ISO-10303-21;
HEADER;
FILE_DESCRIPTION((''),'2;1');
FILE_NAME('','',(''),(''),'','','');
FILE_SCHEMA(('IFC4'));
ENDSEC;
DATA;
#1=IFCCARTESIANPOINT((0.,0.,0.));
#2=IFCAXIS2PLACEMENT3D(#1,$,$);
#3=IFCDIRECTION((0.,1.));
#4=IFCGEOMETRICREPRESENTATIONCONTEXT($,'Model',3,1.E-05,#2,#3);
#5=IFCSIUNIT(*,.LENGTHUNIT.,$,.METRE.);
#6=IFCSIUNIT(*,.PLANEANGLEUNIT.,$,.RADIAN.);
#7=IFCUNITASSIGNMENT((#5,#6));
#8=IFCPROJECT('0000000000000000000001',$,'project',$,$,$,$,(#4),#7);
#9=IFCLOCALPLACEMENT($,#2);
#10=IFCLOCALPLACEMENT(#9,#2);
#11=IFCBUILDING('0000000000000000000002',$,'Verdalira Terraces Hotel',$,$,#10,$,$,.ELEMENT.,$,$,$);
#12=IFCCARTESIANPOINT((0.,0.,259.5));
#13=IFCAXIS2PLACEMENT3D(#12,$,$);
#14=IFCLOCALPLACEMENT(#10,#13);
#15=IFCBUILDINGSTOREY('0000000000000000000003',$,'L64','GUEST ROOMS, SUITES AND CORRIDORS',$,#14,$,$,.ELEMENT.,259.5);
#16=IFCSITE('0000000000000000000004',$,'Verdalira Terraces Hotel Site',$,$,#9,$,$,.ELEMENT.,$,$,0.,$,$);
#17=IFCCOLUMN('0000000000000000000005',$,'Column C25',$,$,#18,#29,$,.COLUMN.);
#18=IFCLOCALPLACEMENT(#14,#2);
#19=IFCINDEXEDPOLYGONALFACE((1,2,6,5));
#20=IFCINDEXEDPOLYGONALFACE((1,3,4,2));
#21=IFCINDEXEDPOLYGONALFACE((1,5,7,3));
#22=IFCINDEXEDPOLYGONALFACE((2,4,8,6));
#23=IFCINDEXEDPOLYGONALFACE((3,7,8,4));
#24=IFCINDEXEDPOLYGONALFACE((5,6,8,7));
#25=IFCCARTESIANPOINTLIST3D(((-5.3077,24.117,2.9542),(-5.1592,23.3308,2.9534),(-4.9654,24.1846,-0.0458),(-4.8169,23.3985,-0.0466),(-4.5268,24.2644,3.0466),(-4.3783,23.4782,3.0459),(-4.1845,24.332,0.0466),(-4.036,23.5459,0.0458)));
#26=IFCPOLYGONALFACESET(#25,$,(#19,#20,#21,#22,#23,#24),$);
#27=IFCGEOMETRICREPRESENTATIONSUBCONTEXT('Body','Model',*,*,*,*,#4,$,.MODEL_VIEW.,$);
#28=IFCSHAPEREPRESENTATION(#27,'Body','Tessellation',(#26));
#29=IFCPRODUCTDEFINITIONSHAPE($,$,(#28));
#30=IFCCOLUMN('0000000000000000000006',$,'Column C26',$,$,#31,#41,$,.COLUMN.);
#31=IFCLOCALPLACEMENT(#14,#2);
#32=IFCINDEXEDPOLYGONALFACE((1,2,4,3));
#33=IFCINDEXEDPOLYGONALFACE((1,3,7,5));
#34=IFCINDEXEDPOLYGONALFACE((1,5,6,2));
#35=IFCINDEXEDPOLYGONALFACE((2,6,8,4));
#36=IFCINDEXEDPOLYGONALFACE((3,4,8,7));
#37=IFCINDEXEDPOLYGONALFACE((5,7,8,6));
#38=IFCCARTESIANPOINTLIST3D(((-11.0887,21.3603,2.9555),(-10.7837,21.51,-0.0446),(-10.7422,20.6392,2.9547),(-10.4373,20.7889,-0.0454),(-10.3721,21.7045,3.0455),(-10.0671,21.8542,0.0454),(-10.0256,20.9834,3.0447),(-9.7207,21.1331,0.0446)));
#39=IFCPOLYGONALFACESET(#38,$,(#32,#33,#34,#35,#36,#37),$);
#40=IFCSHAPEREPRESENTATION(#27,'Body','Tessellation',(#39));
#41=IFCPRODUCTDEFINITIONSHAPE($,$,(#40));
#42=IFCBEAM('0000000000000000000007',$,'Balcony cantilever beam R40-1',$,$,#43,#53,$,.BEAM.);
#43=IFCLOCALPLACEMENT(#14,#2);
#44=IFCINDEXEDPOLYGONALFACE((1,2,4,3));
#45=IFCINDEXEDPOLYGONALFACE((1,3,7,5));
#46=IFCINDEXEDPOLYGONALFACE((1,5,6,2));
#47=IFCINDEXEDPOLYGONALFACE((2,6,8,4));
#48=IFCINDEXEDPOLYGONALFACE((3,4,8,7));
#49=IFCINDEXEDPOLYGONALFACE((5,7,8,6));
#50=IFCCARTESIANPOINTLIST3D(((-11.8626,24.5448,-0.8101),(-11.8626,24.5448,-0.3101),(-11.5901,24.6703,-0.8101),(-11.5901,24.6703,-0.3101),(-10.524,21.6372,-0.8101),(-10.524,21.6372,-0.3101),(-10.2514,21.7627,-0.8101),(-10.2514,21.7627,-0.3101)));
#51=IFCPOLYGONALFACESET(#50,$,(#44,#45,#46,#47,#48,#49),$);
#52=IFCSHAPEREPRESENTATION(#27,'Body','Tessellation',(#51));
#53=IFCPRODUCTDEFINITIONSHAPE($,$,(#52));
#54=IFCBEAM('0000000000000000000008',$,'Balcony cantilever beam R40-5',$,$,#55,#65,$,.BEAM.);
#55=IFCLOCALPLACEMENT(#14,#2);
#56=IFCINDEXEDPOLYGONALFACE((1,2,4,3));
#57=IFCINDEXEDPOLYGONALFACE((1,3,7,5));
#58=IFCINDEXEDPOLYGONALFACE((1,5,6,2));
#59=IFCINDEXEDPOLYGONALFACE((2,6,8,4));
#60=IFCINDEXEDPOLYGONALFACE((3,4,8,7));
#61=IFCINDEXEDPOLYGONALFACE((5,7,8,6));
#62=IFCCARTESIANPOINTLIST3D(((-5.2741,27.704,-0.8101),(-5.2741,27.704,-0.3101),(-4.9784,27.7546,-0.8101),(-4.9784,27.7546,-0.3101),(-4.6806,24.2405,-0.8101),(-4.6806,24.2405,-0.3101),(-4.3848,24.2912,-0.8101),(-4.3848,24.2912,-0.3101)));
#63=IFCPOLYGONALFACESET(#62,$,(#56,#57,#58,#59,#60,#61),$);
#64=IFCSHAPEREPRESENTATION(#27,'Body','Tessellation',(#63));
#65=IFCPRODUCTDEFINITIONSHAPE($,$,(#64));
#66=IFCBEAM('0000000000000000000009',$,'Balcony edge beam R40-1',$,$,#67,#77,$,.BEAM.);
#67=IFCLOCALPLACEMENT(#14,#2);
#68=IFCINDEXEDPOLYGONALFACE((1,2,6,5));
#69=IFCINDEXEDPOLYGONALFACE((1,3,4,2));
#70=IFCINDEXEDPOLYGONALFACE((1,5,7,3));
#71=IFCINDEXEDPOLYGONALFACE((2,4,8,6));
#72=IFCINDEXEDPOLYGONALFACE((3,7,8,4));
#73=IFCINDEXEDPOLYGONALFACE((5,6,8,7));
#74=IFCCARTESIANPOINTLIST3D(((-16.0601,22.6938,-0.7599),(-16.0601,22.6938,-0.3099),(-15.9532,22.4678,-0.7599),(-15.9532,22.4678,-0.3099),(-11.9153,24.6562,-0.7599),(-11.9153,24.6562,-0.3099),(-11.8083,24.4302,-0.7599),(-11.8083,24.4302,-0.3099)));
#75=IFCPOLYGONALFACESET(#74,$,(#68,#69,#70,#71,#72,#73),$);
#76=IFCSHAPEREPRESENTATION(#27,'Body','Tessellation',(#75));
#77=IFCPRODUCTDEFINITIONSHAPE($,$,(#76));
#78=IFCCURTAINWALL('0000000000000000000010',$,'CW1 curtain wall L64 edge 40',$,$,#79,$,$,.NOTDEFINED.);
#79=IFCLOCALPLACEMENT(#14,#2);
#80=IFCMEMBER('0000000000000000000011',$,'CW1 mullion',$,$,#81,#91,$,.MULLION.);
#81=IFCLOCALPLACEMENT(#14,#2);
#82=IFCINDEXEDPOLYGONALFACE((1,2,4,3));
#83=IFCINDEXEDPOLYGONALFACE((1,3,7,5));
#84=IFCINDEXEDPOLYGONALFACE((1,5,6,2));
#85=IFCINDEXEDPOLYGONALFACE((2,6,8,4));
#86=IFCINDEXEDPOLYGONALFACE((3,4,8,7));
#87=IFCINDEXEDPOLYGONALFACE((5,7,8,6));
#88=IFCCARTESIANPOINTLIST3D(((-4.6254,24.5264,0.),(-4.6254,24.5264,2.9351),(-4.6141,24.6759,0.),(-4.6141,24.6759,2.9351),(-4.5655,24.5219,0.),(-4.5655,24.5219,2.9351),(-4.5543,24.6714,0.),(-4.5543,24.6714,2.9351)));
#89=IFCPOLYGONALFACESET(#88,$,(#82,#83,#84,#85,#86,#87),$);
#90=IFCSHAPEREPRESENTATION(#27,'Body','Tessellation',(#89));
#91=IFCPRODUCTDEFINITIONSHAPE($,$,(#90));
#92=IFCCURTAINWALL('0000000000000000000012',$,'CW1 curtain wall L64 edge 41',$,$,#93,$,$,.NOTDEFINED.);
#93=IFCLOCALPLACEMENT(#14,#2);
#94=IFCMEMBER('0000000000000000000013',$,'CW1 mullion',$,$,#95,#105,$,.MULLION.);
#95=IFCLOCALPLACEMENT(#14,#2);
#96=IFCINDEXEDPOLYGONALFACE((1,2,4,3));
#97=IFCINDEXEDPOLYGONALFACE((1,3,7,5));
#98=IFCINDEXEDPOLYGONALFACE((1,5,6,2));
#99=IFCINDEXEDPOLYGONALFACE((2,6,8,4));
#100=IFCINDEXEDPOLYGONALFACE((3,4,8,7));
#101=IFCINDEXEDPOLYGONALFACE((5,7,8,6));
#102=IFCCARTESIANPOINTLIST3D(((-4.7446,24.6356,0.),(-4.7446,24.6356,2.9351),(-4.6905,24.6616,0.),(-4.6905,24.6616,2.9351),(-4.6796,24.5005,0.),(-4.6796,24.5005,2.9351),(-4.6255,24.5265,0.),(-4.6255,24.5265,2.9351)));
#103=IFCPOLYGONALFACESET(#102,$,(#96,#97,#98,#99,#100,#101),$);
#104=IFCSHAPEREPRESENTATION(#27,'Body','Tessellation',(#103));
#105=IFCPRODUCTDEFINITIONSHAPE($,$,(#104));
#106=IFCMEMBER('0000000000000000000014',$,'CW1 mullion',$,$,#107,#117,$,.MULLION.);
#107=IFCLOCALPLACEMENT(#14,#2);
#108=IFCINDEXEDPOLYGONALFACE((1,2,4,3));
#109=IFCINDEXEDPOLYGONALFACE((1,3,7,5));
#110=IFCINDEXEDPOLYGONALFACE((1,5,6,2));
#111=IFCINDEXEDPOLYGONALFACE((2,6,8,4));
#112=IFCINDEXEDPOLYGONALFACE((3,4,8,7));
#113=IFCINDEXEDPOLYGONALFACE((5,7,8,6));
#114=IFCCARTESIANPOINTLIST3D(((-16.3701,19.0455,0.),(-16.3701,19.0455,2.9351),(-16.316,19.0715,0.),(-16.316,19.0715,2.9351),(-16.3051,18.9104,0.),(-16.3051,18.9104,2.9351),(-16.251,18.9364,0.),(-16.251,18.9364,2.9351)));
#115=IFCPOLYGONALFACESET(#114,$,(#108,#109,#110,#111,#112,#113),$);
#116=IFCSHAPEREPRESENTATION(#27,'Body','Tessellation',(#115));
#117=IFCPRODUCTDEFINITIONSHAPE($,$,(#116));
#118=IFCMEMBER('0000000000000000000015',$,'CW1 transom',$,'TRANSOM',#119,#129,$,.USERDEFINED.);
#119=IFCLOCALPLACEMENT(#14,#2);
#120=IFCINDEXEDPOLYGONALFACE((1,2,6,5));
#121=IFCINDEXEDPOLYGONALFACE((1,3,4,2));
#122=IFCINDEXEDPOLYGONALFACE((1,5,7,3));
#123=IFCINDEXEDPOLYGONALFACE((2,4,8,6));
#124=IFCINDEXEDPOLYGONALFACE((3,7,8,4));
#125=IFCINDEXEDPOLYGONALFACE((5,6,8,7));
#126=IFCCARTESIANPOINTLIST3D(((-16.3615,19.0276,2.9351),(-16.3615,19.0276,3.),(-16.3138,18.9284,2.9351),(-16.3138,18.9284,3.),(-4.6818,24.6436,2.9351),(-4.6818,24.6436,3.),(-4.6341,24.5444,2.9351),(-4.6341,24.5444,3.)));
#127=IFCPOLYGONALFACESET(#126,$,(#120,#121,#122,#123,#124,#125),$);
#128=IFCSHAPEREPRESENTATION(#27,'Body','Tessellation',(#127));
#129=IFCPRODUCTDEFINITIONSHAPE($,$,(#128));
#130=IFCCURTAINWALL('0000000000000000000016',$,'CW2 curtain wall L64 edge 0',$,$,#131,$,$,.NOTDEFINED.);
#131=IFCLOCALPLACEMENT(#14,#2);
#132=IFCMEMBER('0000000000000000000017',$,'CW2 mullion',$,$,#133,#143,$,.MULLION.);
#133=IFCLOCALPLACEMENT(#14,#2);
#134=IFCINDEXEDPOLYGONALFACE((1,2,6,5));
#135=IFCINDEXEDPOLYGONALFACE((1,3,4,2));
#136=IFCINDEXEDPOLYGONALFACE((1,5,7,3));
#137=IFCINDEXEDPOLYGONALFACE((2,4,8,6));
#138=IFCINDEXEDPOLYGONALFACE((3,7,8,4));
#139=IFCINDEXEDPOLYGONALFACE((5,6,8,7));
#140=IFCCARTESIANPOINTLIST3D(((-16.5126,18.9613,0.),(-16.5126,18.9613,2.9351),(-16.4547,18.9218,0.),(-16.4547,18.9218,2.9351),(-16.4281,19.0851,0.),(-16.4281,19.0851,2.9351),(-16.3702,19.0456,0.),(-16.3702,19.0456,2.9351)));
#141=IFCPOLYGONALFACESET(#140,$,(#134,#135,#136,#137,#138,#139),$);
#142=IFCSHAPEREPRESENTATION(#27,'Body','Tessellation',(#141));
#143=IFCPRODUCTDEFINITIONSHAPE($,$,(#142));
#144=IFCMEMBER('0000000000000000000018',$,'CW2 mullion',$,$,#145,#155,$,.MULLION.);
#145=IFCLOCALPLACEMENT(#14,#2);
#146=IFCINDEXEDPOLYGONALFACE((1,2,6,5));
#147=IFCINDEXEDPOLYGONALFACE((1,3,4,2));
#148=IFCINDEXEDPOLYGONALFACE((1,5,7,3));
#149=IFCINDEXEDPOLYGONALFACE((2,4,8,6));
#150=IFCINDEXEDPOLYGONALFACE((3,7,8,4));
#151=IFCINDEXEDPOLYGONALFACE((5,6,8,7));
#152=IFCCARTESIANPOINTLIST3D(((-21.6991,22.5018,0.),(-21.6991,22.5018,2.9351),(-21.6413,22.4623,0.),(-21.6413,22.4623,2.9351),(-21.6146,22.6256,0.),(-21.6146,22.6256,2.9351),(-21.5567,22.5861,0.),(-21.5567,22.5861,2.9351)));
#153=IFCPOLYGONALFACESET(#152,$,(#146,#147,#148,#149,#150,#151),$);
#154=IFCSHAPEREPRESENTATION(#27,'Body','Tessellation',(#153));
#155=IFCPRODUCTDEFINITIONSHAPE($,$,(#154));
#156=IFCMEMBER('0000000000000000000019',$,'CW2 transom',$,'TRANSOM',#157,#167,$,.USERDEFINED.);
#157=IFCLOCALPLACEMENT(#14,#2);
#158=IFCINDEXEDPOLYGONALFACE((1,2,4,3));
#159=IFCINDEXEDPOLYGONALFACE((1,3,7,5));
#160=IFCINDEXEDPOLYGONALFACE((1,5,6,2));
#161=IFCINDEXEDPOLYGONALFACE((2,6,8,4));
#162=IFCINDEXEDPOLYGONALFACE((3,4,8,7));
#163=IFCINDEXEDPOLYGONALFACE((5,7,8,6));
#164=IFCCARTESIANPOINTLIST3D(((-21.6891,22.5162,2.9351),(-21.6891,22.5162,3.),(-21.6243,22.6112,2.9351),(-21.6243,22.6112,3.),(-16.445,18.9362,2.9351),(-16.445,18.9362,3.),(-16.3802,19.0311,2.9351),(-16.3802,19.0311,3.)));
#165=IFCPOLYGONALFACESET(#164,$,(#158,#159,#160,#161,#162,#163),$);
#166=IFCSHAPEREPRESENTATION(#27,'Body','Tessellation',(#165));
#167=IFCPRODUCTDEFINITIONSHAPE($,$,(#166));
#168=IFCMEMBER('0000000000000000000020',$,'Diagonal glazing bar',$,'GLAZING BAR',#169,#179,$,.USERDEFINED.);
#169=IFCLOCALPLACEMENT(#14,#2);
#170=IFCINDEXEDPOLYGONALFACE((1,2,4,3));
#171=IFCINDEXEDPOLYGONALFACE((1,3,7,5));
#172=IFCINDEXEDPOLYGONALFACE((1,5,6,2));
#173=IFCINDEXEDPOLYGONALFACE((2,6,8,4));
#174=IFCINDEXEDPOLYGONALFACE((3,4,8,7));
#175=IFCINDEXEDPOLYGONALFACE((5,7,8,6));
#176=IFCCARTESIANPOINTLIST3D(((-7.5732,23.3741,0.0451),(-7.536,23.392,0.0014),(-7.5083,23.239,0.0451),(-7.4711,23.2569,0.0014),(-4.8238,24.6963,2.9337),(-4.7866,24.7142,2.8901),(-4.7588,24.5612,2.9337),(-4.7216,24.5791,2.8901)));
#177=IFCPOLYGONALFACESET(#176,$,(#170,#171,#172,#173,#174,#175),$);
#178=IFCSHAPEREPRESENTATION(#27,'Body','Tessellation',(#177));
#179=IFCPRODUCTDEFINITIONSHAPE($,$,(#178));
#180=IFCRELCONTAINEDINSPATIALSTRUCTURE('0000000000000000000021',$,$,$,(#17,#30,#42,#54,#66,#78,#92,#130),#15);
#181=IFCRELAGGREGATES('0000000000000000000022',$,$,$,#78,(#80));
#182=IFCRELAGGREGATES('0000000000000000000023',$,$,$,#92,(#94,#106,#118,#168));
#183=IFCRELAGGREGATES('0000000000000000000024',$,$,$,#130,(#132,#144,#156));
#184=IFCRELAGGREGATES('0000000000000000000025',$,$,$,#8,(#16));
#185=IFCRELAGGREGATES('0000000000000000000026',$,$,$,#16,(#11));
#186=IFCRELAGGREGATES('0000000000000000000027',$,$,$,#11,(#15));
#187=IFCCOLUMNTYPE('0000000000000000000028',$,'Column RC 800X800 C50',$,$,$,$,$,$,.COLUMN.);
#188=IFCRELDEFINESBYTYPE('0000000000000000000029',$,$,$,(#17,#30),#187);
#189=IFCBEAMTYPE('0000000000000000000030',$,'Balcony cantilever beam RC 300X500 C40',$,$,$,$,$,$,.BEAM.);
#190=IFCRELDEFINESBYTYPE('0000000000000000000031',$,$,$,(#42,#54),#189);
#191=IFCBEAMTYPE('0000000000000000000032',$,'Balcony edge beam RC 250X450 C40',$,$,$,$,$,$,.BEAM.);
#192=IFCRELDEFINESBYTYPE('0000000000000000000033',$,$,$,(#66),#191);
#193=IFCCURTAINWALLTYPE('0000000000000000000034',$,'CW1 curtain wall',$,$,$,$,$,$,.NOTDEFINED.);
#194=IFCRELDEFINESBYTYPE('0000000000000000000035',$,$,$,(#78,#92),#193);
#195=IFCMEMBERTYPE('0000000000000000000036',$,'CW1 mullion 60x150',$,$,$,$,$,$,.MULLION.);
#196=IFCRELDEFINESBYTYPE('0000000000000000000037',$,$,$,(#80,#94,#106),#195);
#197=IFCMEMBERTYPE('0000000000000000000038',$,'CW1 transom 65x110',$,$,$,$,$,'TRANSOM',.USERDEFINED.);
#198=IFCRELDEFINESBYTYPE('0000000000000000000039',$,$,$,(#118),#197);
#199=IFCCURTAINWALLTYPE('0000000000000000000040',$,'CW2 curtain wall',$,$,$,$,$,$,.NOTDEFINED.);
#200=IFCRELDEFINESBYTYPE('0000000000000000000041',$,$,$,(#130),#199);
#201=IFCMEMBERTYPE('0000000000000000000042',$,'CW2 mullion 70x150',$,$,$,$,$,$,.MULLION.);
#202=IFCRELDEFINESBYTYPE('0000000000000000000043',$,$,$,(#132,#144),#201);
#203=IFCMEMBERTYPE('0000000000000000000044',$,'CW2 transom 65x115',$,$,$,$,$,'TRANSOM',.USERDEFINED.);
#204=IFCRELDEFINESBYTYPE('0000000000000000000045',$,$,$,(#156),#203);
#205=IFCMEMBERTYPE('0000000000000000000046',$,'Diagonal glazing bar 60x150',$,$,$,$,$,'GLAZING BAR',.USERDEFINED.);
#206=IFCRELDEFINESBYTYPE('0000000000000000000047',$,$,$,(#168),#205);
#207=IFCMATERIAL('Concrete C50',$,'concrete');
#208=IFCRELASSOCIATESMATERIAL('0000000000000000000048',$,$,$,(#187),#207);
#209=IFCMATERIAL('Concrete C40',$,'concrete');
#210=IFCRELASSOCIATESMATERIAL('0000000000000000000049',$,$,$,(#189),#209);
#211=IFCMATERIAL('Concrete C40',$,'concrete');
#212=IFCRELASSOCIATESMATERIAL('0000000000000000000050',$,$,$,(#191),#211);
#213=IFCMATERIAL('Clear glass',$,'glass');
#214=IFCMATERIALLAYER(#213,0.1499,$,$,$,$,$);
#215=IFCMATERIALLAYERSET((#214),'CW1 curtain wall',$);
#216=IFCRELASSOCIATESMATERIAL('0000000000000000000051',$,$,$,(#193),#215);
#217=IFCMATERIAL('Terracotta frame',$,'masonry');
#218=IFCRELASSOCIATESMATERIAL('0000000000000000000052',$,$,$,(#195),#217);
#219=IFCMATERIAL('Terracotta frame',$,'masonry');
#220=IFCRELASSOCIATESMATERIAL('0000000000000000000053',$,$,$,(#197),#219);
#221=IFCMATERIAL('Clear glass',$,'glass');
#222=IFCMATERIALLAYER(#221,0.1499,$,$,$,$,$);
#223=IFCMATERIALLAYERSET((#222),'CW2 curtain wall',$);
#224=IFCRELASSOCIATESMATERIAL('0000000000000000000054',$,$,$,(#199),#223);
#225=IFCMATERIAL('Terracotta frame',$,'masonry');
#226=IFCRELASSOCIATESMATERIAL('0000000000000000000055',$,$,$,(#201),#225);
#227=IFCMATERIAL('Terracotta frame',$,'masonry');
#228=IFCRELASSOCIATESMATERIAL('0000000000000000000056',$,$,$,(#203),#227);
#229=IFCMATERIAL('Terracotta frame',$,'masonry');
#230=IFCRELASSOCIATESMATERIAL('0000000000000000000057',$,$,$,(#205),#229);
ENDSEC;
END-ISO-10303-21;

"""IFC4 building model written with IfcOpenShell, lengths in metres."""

from ifc_helpers import new_model, si_unit, direction, frame, origin, origin_2d, place, context, subcontext, project, spatial, rectangle, extrude, material, layer, layer_set, material_profile, profile_set, type_object, element, aggregate, save


model = new_model("IFC4")

# Units and contexts
model_context = context("Model", 3, precision=1e-05, world=origin(), true_north=direction((0.0, 1.0)))
body_context = subcontext(model_context, "Body", "Model", "MODEL_VIEW")
ifc_project = project(units=[si_unit("LENGTHUNIT", "METRE"), si_unit("PLANEANGLEUNIT", "RADIAN")], contexts=[model_context])

# Site, building, storey
site_placement = place(None, origin())
site = spatial("IfcSite", under=ifc_project, at=site_placement, Name="Verdalira Terraces Hotel Site", CompositionType="ELEMENT", RefElevation=0.0)
building_placement = place(site_placement, origin())
building = spatial("IfcBuilding", under=site, at=building_placement, Name="Verdalira Terraces Hotel", CompositionType="ELEMENT")
storey_placement = place(building_placement, frame((0.0, 0.0, 259.5)))
storey = spatial("IfcBuildingStorey", under=building, at=storey_placement, Name="L64", Description="GUEST ROOMS, SUITES AND CORRIDORS", CompositionType="ELEMENT", Elevation=259.5)

# Columns
ifc_material_1 = material(Name="Concrete C50", Category="concrete")
ifc_material_profile_1 = material_profile(ifc_material_1, rectangle(XDim=0.8, YDim=0.8, at=origin_2d()), Name="RC 800X800")
ifc_profile_set_1 = profile_set([ifc_material_profile_1], Name="Concrete C50")
column_type = type_object("IfcColumnType", Name="Column RC 800X800 C50", PredefinedType="COLUMN", material=ifc_profile_set_1)
column_1_placement = place(storey_placement, frame((-4.5007, 23.8652, 0.0), z_axis=(-0.113331, -0.022391, 0.993305), x_axis=(0.976067, 0.18425, 0.115518)))
element("IfcColumn", 1, at=column_1_placement, inside=storey, type_object=column_type, Name="Column C25", PredefinedType="COLUMN", context=body_context, shape_type="SweptSolid", body=[
    extrude(rectangle(XDim=0.8, YDim=0.8, at=origin_2d()), origin(), (0.0, 0.0, 1.0), 3.0203),
])
column_2_placement = place(storey_placement, frame((-10.2522, 21.3215, 0.0), z_axis=(-0.100999, -0.049569, 0.993651), x_axis=(-0.895693, -0.430207, -0.112503)))
element("IfcColumn", 2, at=column_2_placement, inside=storey, type_object=column_type, Name="Column C26", PredefinedType="COLUMN", context=body_context, shape_type="SweptSolid", body=[
    extrude(rectangle(XDim=0.8, YDim=0.8, at=origin_2d()), origin(), (0.0, 0.0, 1.0), 3.0193),
])

# Beams
ifc_material_2 = material(Name="Concrete C40", Category="concrete")
ifc_material_profile_2 = material_profile(ifc_material_2, rectangle(XDim=0.3, YDim=0.5, at=origin_2d()), Name="RC 300X500")
ifc_profile_set_2 = profile_set([ifc_material_profile_2], Name="Concrete C40")
beam_type_1 = type_object("IfcBeamType", Name="Balcony cantilever beam RC 300X500 C40", PredefinedType="BEAM", material=ifc_profile_set_2)
beam_1_placement = place(storey_placement, frame((-10.3877, 21.7, -0.5601), z_axis=(-0.418212, 0.90835, 0.0), x_axis=(-0.90835, -0.418212, 0.0)))
element("IfcBeam", 3, at=beam_1_placement, inside=storey, type_object=beam_type_1, Name="Balcony cantilever beam R40-1", PredefinedType="BEAM", context=body_context, shape_type="SweptSolid", body=[
    extrude(rectangle(XDim=0.3, YDim=0.5, at=origin_2d()), origin(), (0.0, 0.0, 1.0), 3.2009),
])
beam_2_placement = place(storey_placement, frame((-4.5327, 24.2659, -0.5601), z_axis=(-0.168904, 0.985633, 0.0), x_axis=(-0.985633, -0.168904, 0.0)))
element("IfcBeam", 4, at=beam_2_placement, inside=storey, type_object=beam_type_1, Name="Balcony cantilever beam R40-5", PredefinedType="BEAM", context=body_context, shape_type="SweptSolid", body=[
    extrude(rectangle(XDim=0.3, YDim=0.5, at=origin_2d()), origin(), (0.0, 0.0, 1.0), 3.5139),
])
ifc_material_3 = material(Name="Concrete C40", Category="concrete")
ifc_material_profile_3 = material_profile(ifc_material_3, rectangle(XDim=0.25, YDim=0.45, at=origin_2d()), Name="RC 250X450")
ifc_profile_set_3 = profile_set([ifc_material_profile_3], Name="Concrete C40")
beam_type_2 = type_object("IfcBeamType", Name="Balcony edge beam RC 250X450 C40", PredefinedType="BEAM", material=ifc_profile_set_3)
beam_3_placement = place(storey_placement, frame((-11.8618, 24.5432, -0.5349), z_axis=(-0.903815, -0.427924, 0.0), x_axis=(0.427924, -0.903815, 0.0)))
element("IfcBeam", 5, at=beam_3_placement, inside=storey, type_object=beam_type_2, Name="Balcony edge beam R40-1", PredefinedType="BEAM", context=body_context, shape_type="SweptSolid", body=[
    extrude(rectangle(XDim=0.25, YDim=0.45, at=origin_2d()), origin(), (0.0, 0.0, 1.0), 4.5859),
])

# Curtain wall, member
ifc_material_4 = material(Name="Clear glass", Category="glass")
ifc_layer_1 = layer(ifc_material_4, 0.1499)
ifc_layer_set_1 = layer_set([ifc_layer_1], Name="CW1 curtain wall")
curtain_wall_type_1 = type_object("IfcCurtainWallType", Name="CW1 curtain wall", PredefinedType="NOTDEFINED", material=ifc_layer_set_1)
curtain_wall_1_placement = place(storey_placement, origin())
curtain_wall_1 = element("IfcCurtainWall", 6, at=curtain_wall_1_placement, inside=storey, type_object=curtain_wall_type_1, Name="CW1 curtain wall L64 edge 40", PredefinedType="NOTDEFINED")
ifc_material_5 = material(Name="Terracotta frame", Category="masonry")
ifc_material_profile_4 = material_profile(ifc_material_5, rectangle(XDim=0.0601, YDim=0.1499, at=origin_2d()), Name="MU 60x150")
ifc_profile_set_4 = profile_set([ifc_material_profile_4], Name="Terracotta frame")
member_type_1 = type_object("IfcMemberType", Name="CW1 mullion 60x150", PredefinedType="MULLION", material=ifc_profile_set_4)
member_1_placement = place(storey_placement, frame((-4.5898, 24.5989, 0.0), z_axis=(0.0, 0.0, 1.0), x_axis=(-0.997159, 0.075327, 0.0)))
member_1 = element("IfcMember", 7, at=member_1_placement, type_object=member_type_1, Name="CW1 mullion", PredefinedType="MULLION", context=body_context, shape_type="SweptSolid", body=[
    extrude(rectangle(XDim=0.0601, YDim=0.1499, at=origin_2d()), origin(), (0.0, 0.0, 1.0), 2.9351),
])
aggregate(curtain_wall_1, [member_1])

# Curtain walls, members
curtain_wall_2_placement = place(storey_placement, origin())
curtain_wall_2 = element("IfcCurtainWall", 8, at=curtain_wall_2_placement, inside=storey, type_object=curtain_wall_type_1, Name="CW1 curtain wall L64 edge 41", PredefinedType="NOTDEFINED")
member_2_placement = place(storey_placement, frame((-4.6851, 24.5811, 0.0), z_axis=(0.0, 0.0, 1.0), x_axis=(-0.901228, -0.433345, 0.0)))
member_2 = element("IfcMember", 9, at=member_2_placement, type_object=member_type_1, Name="CW1 mullion", PredefinedType="MULLION", context=body_context, shape_type="SweptSolid", body=[
    extrude(rectangle(XDim=0.0601, YDim=0.1499, at=origin_2d()), origin(), (0.0, 0.0, 1.0), 2.9351),
])
member_3_placement = place(storey_placement, frame((-16.3105, 18.991, 0.0), z_axis=(0.0, 0.0, 1.0), x_axis=(-0.901228, -0.433345, 0.0)))
member_3 = element("IfcMember", 10, at=member_3_placement, type_object=member_type_1, Name="CW1 mullion", PredefinedType="MULLION", context=body_context, shape_type="SweptSolid", body=[
    extrude(rectangle(XDim=0.0601, YDim=0.1499, at=origin_2d()), origin(), (0.0, 0.0, 1.0), 2.9351),
])
ifc_material_6 = material(Name="Terracotta frame", Category="masonry")
ifc_material_profile_5 = material_profile(ifc_material_6, rectangle(XDim=0.1101, YDim=0.0649, at=origin_2d()), Name="TR 65x110")
ifc_profile_set_5 = profile_set([ifc_material_profile_5], Name="Terracotta frame")
member_type_2 = type_object("IfcMemberType", Name="CW1 transom 65x110", ElementType="TRANSOM", PredefinedType="USERDEFINED", material=ifc_profile_set_5)
member_4_placement = place(storey_placement, frame((-4.658, 24.594, 2.9675), z_axis=(-0.90123, -0.43334, 0.0), x_axis=(0.43334, -0.90123, 0.0)))
member_4 = element("IfcMember", 11, at=member_4_placement, type_object=member_type_2, Name="CW1 transom", ObjectType="TRANSOM", PredefinedType="USERDEFINED", context=body_context, shape_type="SweptSolid", body=[
    extrude(rectangle(XDim=0.1101, YDim=0.0649, at=origin_2d()), origin(), (0.0, 0.0, 1.0), 12.9597),
])
ifc_material_7 = material(Name="Clear glass", Category="glass")
ifc_layer_2 = layer(ifc_material_7, 0.1499)
ifc_layer_set_2 = layer_set([ifc_layer_2], Name="CW2 curtain wall")
curtain_wall_type_2 = type_object("IfcCurtainWallType", Name="CW2 curtain wall", PredefinedType="NOTDEFINED", material=ifc_layer_set_2)
curtain_wall_3_placement = place(storey_placement, origin())
curtain_wall_3 = element("IfcCurtainWall", 12, at=curtain_wall_3_placement, inside=storey, type_object=curtain_wall_type_2, Name="CW2 curtain wall L64 edge 0", PredefinedType="NOTDEFINED")
ifc_material_8 = material(Name="Terracotta frame", Category="masonry")
ifc_material_profile_6 = material_profile(ifc_material_8, rectangle(XDim=0.0701, YDim=0.1499, at=origin_2d()), Name="MU 70x150")
ifc_profile_set_6 = profile_set([ifc_material_profile_6], Name="Terracotta frame")
member_type_3 = type_object("IfcMemberType", Name="CW2 mullion 70x150", PredefinedType="MULLION", material=ifc_profile_set_6)
member_5_placement = place(storey_placement, frame((-16.4414, 19.0034, 0.0), z_axis=(0.0, 0.0, 1.0), x_axis=(-0.825902, 0.563814, 0.0)))
member_5 = element("IfcMember", 13, at=member_5_placement, type_object=member_type_3, Name="CW2 mullion", PredefinedType="MULLION", context=body_context, shape_type="SweptSolid", body=[
    extrude(rectangle(XDim=0.0701, YDim=0.1499, at=origin_2d()), origin(), (0.0, 0.0, 1.0), 2.9351),
])
member_6_placement = place(storey_placement, frame((-21.6279, 22.5439, 0.0), z_axis=(0.0, 0.0, 1.0), x_axis=(-0.825902, 0.563814, 0.0)))
member_6 = element("IfcMember", 14, at=member_6_placement, type_object=member_type_3, Name="CW2 mullion", PredefinedType="MULLION", context=body_context, shape_type="SweptSolid", body=[
    extrude(rectangle(XDim=0.0701, YDim=0.1499, at=origin_2d()), origin(), (0.0, 0.0, 1.0), 2.9351),
])
ifc_material_9 = material(Name="Terracotta frame", Category="masonry")
ifc_material_profile_7 = material_profile(ifc_material_9, rectangle(XDim=0.115, YDim=0.0649, at=origin_2d()), Name="TR 65x115")
ifc_profile_set_7 = profile_set([ifc_material_profile_7], Name="Terracotta frame")
member_type_4 = type_object("IfcMemberType", Name="CW2 transom 65x115", ElementType="TRANSOM", PredefinedType="USERDEFINED", material=ifc_profile_set_7)
member_7_placement = place(storey_placement, frame((-16.4126, 18.9836, 2.9675), z_axis=(-0.825895, 0.563824, 0.0), x_axis=(-0.563824, -0.825895, 0.0)))
member_7 = element("IfcMember", 15, at=member_7_placement, type_object=member_type_4, Name="CW2 transom", ObjectType="TRANSOM", PredefinedType="USERDEFINED", context=body_context, shape_type="SweptSolid", body=[
    extrude(rectangle(XDim=0.115, YDim=0.0649, at=origin_2d()), origin(), (0.0, 0.0, 1.0), 6.3496),
])

# Member
ifc_material_10 = material(Name="Terracotta frame", Category="masonry")
ifc_material_profile_8 = material_profile(ifc_material_10, rectangle(XDim=0.1499, YDim=0.0601, at=origin_2d()), Name="GB 60x150")
ifc_profile_set_8 = profile_set([ifc_material_profile_8], Name="Terracotta frame")
member_type_5 = type_object("IfcMemberType", Name="Diagonal glazing bar 60x150", ElementType="GLAZING BAR", PredefinedType="USERDEFINED", material=ifc_profile_set_8)
member_8_placement = place(storey_placement, frame((-4.7727, 24.6377, 2.9119), z_axis=(-0.654411, -0.314713, -0.687533), x_axis=(0.433397, -0.901203, 0.0)))
member_8 = element("IfcMember", 16, at=member_8_placement, type_object=member_type_5, Name="Diagonal glazing bar", ObjectType="GLAZING BAR", PredefinedType="USERDEFINED", context=body_context, shape_type="SweptSolid", body=[
    extrude(rectangle(XDim=0.1499, YDim=0.0601, at=origin_2d()), origin(), (0.0, 0.0, 1.0), 4.2014),
])

aggregate(curtain_wall_2, [member_2, member_3, member_4, member_8])
aggregate(curtain_wall_3, [member_5, member_6, member_7])

save(model, "model.ifc")
